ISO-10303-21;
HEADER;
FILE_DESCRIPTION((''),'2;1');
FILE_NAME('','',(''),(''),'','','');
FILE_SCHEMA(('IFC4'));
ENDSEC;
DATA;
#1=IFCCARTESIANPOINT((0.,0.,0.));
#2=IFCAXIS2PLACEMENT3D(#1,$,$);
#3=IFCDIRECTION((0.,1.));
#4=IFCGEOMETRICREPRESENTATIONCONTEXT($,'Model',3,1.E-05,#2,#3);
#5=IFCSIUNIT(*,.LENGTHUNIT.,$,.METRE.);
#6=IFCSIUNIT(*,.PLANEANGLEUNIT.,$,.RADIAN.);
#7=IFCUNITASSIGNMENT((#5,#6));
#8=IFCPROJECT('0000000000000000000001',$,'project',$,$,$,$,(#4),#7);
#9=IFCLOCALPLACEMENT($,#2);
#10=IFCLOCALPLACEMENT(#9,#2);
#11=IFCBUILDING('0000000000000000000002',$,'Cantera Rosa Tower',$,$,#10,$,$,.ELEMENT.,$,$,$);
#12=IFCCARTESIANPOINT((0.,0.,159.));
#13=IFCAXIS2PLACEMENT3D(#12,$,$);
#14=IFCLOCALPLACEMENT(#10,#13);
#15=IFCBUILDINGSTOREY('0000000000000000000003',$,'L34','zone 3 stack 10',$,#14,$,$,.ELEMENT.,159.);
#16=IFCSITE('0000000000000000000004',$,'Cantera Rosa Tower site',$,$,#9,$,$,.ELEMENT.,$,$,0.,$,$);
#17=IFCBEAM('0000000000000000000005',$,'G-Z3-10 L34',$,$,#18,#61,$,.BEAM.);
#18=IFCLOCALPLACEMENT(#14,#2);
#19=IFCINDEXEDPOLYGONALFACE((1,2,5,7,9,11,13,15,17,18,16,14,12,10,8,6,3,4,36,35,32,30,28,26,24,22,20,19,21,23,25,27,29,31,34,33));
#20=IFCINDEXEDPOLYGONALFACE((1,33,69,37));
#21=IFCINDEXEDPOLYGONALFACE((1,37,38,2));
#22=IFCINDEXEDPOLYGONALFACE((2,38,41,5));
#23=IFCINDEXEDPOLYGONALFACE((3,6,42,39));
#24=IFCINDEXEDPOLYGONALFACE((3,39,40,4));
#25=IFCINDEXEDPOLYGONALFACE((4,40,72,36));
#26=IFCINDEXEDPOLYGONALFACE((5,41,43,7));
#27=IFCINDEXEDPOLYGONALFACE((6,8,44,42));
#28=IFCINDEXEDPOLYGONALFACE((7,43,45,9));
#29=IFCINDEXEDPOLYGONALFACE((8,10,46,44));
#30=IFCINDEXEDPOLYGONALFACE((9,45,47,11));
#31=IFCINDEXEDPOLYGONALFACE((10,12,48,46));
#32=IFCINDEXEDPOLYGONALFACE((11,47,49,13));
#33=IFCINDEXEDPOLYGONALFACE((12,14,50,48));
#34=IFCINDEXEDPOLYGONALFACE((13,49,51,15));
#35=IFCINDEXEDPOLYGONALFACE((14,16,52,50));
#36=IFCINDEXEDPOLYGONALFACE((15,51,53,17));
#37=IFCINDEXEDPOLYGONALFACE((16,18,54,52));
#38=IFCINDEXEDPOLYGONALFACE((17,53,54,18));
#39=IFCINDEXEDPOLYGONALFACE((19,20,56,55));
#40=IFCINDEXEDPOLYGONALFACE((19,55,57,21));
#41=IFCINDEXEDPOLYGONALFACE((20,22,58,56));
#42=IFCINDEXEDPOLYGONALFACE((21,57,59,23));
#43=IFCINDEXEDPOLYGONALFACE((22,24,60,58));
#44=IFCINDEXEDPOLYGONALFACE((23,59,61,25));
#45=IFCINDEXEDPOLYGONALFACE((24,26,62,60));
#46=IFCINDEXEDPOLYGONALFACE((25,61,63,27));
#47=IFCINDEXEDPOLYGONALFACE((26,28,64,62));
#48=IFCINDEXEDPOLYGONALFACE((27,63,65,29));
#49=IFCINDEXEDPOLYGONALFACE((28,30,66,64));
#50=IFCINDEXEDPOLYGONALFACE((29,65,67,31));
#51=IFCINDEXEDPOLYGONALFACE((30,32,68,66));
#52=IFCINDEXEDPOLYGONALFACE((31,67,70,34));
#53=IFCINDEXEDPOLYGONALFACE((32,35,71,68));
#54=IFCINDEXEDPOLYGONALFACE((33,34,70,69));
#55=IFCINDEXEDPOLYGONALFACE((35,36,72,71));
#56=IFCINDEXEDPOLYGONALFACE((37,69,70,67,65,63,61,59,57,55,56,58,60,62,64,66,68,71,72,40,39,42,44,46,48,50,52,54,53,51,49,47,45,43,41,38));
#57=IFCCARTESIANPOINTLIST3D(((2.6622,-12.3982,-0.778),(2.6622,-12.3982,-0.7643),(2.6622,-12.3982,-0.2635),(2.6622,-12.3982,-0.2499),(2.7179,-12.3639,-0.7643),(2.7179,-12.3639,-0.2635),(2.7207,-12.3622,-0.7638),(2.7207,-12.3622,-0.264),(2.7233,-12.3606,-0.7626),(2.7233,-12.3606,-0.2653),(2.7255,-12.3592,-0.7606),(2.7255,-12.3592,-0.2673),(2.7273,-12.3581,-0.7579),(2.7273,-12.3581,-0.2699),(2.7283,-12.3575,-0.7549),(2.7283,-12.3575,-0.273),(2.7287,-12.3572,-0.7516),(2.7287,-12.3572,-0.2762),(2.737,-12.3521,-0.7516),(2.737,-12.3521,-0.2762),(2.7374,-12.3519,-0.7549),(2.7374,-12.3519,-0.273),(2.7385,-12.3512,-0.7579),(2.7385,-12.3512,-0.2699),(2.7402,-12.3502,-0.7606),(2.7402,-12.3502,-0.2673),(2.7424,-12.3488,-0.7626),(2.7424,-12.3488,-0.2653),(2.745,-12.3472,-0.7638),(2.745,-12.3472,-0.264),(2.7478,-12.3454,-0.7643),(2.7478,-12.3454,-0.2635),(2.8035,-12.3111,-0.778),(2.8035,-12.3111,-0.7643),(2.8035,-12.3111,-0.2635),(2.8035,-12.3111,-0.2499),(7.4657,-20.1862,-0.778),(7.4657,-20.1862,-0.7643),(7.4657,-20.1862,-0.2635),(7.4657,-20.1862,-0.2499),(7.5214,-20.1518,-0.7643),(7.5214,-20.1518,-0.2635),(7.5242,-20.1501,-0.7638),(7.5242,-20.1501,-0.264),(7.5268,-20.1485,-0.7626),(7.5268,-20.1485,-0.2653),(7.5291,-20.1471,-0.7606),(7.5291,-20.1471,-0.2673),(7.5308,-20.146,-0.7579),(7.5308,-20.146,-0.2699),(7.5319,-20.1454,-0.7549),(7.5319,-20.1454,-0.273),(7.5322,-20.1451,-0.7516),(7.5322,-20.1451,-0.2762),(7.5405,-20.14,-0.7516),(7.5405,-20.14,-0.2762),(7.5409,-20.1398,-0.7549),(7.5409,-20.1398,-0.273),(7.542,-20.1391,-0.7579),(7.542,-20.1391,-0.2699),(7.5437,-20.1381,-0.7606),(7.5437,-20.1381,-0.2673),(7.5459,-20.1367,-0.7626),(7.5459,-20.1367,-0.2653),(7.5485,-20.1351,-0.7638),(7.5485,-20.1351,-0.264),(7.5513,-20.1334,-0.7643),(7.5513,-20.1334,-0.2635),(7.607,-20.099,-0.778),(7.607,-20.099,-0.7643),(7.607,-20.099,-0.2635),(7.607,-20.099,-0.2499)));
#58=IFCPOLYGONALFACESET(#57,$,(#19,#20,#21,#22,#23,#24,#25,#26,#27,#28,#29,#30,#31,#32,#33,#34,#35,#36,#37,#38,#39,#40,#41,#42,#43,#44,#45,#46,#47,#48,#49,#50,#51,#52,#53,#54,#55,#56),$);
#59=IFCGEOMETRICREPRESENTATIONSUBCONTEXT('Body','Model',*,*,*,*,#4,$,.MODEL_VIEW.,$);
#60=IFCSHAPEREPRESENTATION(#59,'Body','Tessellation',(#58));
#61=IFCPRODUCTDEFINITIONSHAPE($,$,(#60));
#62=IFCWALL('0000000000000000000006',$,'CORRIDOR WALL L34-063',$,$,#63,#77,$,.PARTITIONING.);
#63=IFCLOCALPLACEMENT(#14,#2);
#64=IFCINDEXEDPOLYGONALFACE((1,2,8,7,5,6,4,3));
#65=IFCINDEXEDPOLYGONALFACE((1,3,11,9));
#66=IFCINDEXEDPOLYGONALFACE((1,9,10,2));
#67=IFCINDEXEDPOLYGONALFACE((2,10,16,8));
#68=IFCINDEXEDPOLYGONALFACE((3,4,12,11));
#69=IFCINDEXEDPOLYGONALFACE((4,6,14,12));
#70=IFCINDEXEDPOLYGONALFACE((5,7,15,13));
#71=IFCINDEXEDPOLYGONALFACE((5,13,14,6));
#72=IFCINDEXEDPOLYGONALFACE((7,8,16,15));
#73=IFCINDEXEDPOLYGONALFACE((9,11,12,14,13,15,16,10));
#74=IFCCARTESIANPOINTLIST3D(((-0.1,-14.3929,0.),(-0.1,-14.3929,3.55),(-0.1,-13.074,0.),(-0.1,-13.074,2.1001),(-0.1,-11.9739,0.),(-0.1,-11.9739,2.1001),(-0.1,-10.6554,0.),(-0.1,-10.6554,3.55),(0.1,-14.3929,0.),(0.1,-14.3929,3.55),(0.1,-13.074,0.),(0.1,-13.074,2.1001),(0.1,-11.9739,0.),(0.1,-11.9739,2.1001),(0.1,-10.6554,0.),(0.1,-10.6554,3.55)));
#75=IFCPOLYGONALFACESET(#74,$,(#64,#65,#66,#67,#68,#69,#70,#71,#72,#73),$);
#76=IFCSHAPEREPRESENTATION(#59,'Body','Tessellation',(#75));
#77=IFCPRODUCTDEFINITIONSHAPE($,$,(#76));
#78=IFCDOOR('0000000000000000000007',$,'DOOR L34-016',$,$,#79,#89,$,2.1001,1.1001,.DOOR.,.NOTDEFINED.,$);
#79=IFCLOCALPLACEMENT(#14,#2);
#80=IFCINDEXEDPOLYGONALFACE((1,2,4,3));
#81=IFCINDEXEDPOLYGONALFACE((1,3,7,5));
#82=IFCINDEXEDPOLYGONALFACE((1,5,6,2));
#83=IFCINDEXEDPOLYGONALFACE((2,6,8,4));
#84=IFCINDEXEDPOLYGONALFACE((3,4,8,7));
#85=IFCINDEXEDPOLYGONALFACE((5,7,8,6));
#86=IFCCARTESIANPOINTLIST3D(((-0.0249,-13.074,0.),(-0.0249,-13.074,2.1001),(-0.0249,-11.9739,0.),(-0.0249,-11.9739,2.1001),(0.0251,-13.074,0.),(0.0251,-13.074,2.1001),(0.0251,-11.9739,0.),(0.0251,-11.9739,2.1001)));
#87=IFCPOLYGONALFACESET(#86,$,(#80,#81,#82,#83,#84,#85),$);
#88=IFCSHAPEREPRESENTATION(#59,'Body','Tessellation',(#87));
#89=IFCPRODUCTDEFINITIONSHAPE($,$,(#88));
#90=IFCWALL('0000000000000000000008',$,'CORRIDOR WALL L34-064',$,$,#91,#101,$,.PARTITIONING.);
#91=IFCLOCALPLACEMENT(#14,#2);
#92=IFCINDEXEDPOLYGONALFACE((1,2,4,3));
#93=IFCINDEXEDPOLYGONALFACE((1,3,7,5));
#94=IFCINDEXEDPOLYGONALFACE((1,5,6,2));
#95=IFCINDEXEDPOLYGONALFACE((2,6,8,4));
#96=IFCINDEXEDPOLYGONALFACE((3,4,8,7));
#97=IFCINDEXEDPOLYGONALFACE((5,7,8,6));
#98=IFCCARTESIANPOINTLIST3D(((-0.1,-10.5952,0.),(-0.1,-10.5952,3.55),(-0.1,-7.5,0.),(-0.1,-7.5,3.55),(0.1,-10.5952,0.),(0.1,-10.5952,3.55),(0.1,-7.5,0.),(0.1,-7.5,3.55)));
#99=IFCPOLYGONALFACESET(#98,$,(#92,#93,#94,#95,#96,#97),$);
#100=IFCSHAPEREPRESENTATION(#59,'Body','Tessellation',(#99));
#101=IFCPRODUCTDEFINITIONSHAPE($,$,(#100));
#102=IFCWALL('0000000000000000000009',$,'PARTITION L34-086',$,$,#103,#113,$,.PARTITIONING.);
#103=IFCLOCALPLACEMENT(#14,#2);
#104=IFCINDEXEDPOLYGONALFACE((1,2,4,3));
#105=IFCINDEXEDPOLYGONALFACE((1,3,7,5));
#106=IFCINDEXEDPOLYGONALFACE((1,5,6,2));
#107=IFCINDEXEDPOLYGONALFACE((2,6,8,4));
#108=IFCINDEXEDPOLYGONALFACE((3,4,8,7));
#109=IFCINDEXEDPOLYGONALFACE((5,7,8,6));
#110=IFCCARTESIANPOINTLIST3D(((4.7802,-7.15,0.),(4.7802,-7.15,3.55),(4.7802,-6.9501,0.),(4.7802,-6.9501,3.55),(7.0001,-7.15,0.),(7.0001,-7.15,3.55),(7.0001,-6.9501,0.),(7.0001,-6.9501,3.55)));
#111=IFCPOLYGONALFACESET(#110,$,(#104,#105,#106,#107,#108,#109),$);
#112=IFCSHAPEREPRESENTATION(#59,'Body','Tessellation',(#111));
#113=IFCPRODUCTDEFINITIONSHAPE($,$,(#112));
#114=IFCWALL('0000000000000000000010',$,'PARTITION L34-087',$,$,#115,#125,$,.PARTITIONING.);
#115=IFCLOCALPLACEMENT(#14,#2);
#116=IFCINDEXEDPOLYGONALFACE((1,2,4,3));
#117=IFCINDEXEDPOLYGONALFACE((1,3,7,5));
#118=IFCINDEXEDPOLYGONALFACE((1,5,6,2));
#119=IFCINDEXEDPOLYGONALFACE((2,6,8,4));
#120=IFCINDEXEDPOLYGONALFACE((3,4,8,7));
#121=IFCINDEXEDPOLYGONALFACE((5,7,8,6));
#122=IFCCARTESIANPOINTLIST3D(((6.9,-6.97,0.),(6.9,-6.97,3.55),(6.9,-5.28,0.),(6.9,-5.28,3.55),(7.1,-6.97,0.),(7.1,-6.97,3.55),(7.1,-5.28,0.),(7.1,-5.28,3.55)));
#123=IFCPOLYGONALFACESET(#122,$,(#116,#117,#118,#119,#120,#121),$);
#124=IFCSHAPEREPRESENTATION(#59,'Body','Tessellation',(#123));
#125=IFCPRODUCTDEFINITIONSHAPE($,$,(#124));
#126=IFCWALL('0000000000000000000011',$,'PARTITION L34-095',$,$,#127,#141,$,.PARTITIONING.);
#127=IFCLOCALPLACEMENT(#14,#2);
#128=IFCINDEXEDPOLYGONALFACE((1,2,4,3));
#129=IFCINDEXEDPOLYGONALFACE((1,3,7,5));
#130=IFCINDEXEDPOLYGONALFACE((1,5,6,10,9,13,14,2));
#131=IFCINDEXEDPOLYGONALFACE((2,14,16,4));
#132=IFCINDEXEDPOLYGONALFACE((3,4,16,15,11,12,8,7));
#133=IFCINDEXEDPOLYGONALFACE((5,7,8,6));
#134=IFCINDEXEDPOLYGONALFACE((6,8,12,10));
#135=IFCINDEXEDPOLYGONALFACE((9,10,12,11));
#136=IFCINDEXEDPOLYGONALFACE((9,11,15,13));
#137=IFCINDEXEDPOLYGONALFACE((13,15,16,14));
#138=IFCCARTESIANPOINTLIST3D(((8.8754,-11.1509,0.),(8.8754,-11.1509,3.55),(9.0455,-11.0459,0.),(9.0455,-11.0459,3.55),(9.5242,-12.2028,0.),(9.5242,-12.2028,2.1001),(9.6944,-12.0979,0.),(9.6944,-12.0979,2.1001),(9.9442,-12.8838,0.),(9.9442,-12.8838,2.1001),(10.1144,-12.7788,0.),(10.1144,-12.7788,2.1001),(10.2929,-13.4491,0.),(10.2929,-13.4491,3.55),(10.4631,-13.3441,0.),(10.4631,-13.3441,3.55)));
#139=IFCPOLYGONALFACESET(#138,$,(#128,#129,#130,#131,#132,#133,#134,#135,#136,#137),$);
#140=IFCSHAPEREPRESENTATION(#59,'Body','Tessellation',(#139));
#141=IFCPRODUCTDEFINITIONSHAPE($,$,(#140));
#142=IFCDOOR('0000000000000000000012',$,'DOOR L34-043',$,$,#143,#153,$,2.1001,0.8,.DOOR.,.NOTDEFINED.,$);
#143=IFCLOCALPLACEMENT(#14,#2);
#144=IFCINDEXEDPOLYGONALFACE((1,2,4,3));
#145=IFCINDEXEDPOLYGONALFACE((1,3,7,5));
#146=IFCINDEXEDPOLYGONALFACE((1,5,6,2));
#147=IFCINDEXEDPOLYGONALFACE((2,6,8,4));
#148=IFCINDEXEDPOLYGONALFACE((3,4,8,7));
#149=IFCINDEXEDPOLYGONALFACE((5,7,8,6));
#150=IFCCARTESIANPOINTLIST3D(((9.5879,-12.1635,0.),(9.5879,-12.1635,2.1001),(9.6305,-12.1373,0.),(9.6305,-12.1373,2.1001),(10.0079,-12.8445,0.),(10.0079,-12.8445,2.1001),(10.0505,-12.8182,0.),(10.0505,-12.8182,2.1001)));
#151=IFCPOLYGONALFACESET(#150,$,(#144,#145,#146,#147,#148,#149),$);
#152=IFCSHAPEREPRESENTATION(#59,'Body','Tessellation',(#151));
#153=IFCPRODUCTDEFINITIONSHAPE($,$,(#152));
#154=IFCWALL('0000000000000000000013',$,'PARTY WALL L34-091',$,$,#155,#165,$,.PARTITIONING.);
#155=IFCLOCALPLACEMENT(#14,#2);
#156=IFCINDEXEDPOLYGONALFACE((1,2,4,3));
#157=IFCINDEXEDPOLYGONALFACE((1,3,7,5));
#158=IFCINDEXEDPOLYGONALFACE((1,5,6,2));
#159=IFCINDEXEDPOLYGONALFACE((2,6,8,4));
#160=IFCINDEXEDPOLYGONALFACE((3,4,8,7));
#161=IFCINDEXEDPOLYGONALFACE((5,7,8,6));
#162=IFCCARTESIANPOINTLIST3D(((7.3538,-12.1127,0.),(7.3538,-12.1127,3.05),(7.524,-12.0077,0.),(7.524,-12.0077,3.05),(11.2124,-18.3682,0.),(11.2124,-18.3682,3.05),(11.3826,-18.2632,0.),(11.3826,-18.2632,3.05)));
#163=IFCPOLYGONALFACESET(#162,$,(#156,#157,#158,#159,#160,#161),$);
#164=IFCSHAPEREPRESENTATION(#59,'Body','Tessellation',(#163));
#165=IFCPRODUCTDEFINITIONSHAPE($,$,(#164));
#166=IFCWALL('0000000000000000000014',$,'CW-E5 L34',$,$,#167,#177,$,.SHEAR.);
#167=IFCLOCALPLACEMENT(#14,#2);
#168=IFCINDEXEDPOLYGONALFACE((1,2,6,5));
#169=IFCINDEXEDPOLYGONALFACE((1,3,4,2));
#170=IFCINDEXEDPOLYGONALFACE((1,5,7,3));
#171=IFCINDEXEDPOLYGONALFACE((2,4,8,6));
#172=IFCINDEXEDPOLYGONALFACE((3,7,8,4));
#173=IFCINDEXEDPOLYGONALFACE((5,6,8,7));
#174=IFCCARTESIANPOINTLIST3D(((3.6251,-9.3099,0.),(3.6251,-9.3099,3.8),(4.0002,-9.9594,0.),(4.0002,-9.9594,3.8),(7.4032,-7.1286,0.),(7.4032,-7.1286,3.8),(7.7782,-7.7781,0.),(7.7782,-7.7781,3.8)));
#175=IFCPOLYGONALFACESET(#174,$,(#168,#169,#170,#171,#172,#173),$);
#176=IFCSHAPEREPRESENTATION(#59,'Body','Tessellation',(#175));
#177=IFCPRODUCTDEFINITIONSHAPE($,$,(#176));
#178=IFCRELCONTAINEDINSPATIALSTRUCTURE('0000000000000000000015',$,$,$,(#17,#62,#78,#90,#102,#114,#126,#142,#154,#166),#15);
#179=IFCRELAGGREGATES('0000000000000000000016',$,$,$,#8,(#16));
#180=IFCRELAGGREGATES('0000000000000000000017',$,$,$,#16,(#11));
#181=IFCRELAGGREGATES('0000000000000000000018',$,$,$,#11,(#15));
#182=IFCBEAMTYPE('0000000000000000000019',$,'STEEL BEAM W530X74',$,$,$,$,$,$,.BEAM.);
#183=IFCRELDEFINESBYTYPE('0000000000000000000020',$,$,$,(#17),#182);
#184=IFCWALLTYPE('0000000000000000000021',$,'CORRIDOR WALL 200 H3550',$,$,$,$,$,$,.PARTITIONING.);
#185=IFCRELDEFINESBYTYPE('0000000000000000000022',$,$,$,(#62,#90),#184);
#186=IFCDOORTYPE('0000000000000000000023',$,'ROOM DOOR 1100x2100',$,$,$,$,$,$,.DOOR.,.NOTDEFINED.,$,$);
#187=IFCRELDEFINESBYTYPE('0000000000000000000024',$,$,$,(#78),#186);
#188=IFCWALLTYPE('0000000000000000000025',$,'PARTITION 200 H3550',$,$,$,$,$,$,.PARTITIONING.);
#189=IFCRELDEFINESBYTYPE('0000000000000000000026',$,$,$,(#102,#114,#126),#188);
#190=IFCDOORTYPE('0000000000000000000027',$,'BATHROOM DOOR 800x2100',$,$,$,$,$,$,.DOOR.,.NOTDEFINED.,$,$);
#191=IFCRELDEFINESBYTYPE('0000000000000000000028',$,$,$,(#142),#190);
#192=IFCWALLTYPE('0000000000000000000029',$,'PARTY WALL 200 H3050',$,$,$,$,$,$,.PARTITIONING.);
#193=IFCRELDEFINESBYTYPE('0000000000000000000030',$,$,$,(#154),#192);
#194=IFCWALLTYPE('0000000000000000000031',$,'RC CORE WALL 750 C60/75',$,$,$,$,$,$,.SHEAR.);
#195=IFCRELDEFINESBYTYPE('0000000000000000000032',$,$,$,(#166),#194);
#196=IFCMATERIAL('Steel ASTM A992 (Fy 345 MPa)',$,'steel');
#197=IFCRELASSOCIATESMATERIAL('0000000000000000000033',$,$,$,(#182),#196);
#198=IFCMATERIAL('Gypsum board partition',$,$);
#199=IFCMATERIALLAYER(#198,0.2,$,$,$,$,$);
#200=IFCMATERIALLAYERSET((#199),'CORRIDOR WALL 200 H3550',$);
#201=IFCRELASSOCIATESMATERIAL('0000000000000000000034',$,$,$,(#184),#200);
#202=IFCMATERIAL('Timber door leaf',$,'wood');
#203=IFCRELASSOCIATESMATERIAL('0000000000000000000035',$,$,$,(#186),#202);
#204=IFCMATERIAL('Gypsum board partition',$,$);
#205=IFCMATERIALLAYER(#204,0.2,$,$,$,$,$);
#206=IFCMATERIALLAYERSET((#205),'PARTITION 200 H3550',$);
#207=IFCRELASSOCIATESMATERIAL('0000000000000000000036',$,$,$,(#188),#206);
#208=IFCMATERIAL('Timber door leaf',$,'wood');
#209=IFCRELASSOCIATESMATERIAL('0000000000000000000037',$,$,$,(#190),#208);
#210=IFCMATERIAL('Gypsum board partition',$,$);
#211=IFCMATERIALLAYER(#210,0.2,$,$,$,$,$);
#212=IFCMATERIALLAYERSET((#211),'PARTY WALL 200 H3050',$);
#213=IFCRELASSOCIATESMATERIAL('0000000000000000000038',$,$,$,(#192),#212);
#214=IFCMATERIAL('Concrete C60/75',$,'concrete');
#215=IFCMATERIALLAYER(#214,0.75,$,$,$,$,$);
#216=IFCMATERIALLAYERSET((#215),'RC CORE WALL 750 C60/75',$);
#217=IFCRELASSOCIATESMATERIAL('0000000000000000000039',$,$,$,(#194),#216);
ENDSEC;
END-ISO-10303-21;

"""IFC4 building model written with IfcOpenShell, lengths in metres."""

from ifc_helpers import new_model, si_unit, direction, frame, frame_2d, origin, origin_2d, place, context, subcontext, project, spatial, rectangle, i_section, extrude, material, layer, layer_set, material_profile, profile_set, type_object, element, fill, save


model = new_model("IFC4")

# Units and contexts
model_context = context("Model", 3, precision=1e-05, world=origin(), true_north=direction((0.0, 1.0)))
body_context = subcontext(model_context, "Body", "Model", "MODEL_VIEW")
ifc_project = project(units=[si_unit("LENGTHUNIT", "METRE"), si_unit("PLANEANGLEUNIT", "RADIAN")], contexts=[model_context])

# Site, building, storey
site_placement = place(None, origin())
site = spatial("IfcSite", under=ifc_project, at=site_placement, Name="Cantera Rosa Tower site", CompositionType="ELEMENT", RefElevation=0.0)
building_placement = place(site_placement, origin())
building = spatial("IfcBuilding", under=site, at=building_placement, Name="Cantera Rosa Tower", CompositionType="ELEMENT")
storey_placement = place(building_placement, frame((0.0, 0.0, 159.0)))
storey = spatial("IfcBuildingStorey", under=building, at=storey_placement, Name="L34", Description="zone 3 stack 10", CompositionType="ELEMENT", Elevation=159.0)

# Beam
ifc_material_1 = material(Name="Steel ASTM A992 (Fy 345 MPa)", Category="steel")
ifc_material_profile = material_profile(ifc_material_1, i_section(OverallWidth=0.166, OverallDepth=0.5281, WebThickness=0.0098, FlangeThickness=0.0137, FilletRadius=0.0127, at=origin_2d()), Name="W530X74")
ifc_profile_set = profile_set([ifc_material_profile], Name="Steel ASTM A992 (Fy 345 MPa)")
beam_type = type_object("IfcBeamType", Name="STEEL BEAM W530X74", PredefinedType="BEAM", material=ifc_profile_set)
beam_placement = place(storey_placement, frame((7.5364, -20.1426, -0.5139), z_axis=(-0.524965, 0.851124, 0.0), x_axis=(-0.851124, -0.524965, 0.0)))
element("IfcBeam", 1, at=beam_placement, inside=storey, type_object=beam_type, Name="G-Z3-10 L34", PredefinedType="BEAM", context=body_context, shape_type="SweptSolid", body=[
    extrude(i_section(OverallWidth=0.166, OverallDepth=0.5281, WebThickness=0.0098, FlangeThickness=0.0137, FilletRadius=0.0127, at=origin_2d()), origin(), (0.0, 0.0, 1.0), 9.1501),
])

# Wall, opening, door
ifc_material_2 = material(Name="Gypsum board partition")
ifc_layer_1 = layer(ifc_material_2, 0.2)
ifc_layer_set_1 = layer_set([ifc_layer_1], Name="CORRIDOR WALL 200 H3550")
wall_type_1 = type_object("IfcWallType", Name="CORRIDOR WALL 200 H3550", PredefinedType="PARTITIONING", material=ifc_layer_set_1)
wall_1_placement = place(storey_placement, frame((0.0, -14.3928, 0.0), z_axis=(0.0, 0.0, 1.0), x_axis=(0.0, 1.0, 0.0)))
wall_1 = element("IfcWall", 2, at=wall_1_placement, inside=storey, type_object=wall_type_1, Name="CORRIDOR WALL L34-063", PredefinedType="PARTITIONING", context=body_context, shape_type="SweptSolid", body=[
    extrude(rectangle(XDim=3.7375, YDim=0.2, at=frame_2d((1.8687, 0.0))), origin(), (0.0, 0.0, 1.0), 3.55),
])
opening_1_placement = place(wall_1_placement, frame((1.3188, 0.0, 0.0)))
opening_1 = element("IfcOpeningElement", 3, at=opening_1_placement, cuts=wall_1, PredefinedType="OPENING", context=body_context, shape_type="SweptSolid", body=[
    extrude(rectangle(XDim=1.1001, YDim=2.1001, at=frame_2d((0.55, 1.05))), frame((0.0, 0.1099, 0.0), z_axis=(0.0, -1.0, 0.0), x_axis=(1.0, 0.0, 0.0)), (0.0, 0.0, 1.0), 0.22),
])
ifc_material_3 = material(Name="Timber door leaf", Category="wood")
door_type_1 = type_object("IfcDoorType", Name="ROOM DOOR 1100x2100", OperationType="NOTDEFINED", PredefinedType="DOOR", material=ifc_material_3)
door_1_placement = place(opening_1_placement, origin())
door_1 = element("IfcDoor", 4, at=door_1_placement, inside=storey, type_object=door_type_1, Name="DOOR L34-016", OperationType="NOTDEFINED", OverallHeight=2.1001, OverallWidth=1.1001, PredefinedType="DOOR", context=body_context, shape_type="SweptSolid", body=[
    extrude(rectangle(XDim=1.1001, YDim=2.1001, at=frame_2d((0.55, 1.05))), frame((0.0, 0.0249, 0.0), z_axis=(0.0, -1.0, 0.0), x_axis=(1.0, 0.0, 0.0)), (0.0, 0.0, 1.0), 0.05),
])
fill(opening_1, door_1)

# Walls
wall_2_placement = place(storey_placement, frame((0.0, -10.5952, 0.0), z_axis=(0.0, 0.0, 1.0), x_axis=(0.0, 1.0, 0.0)))
element("IfcWall", 5, at=wall_2_placement, inside=storey, type_object=wall_type_1, Name="CORRIDOR WALL L34-064", PredefinedType="PARTITIONING", context=body_context, shape_type="SweptSolid", body=[
    extrude(rectangle(XDim=3.0952, YDim=0.2, at=frame_2d((1.5476, 0.0))), origin(), (0.0, 0.0, 1.0), 3.55),
])
ifc_material_4 = material(Name="Gypsum board partition")
ifc_layer_2 = layer(ifc_material_4, 0.2)
ifc_layer_set_2 = layer_set([ifc_layer_2], Name="PARTITION 200 H3550")
wall_type_2 = type_object("IfcWallType", Name="PARTITION 200 H3550", PredefinedType="PARTITIONING", material=ifc_layer_set_2)
wall_3_placement = place(storey_placement, frame((7.0, -7.05, 0.0), z_axis=(0.0, 0.0, 1.0), x_axis=(-1.0, 0.0, 0.0)))
element("IfcWall", 6, at=wall_3_placement, inside=storey, type_object=wall_type_2, Name="PARTITION L34-086", PredefinedType="PARTITIONING", context=body_context, shape_type="SweptSolid", body=[
    extrude(rectangle(XDim=2.22, YDim=0.2, at=frame_2d((1.1099, 0.0))), origin(), (0.0, 0.0, 1.0), 3.55),
])
wall_4_placement = place(storey_placement, frame((7.0, -5.28, 0.0), z_axis=(0.0, 0.0, 1.0), x_axis=(0.0, -1.0, 0.0)))
element("IfcWall", 7, at=wall_4_placement, inside=storey, type_object=wall_type_2, Name="PARTITION L34-087", PredefinedType="PARTITIONING", context=body_context, shape_type="SweptSolid", body=[
    extrude(rectangle(XDim=1.6899, YDim=0.2, at=frame_2d((0.845, 0.0))), origin(), (0.0, 0.0, 1.0), 3.55),
])

# Wall, opening, door
wall_5_placement = place(storey_placement, frame((8.9604, -11.0984, 0.0), z_axis=(0.0, 0.0, 1.0), x_axis=(0.524975, -0.851118, 0.0)))
wall_5 = element("IfcWall", 8, at=wall_5_placement, inside=storey, type_object=wall_type_2, Name="PARTITION L34-095", PredefinedType="PARTITIONING", context=body_context, shape_type="SweptSolid", body=[
    extrude(rectangle(XDim=2.7002, YDim=0.2, at=frame_2d((1.3501, 0.0))), origin(), (0.0, 0.0, 1.0), 3.55),
])
opening_2_placement = place(wall_5_placement, frame((1.2361, 0.0, 0.0)))
opening_2 = element("IfcOpeningElement", 9, at=opening_2_placement, cuts=wall_5, PredefinedType="OPENING", context=body_context, shape_type="SweptSolid", body=[
    extrude(rectangle(XDim=0.8, YDim=2.1001, at=frame_2d((0.3999, 1.05))), frame((0.0, 0.1099, 0.0), z_axis=(0.0, -1.0, 0.0), x_axis=(1.0, 0.0, 0.0)), (0.0, 0.0, 1.0), 0.22),
])
ifc_material_5 = material(Name="Timber door leaf", Category="wood")
door_type_2 = type_object("IfcDoorType", Name="BATHROOM DOOR 800x2100", OperationType="NOTDEFINED", PredefinedType="DOOR", material=ifc_material_5)
door_2_placement = place(opening_2_placement, origin())
door_2 = element("IfcDoor", 10, at=door_2_placement, inside=storey, type_object=door_type_2, Name="DOOR L34-043", OperationType="NOTDEFINED", OverallHeight=2.1001, OverallWidth=0.8, PredefinedType="DOOR", context=body_context, shape_type="SweptSolid", body=[
    extrude(rectangle(XDim=0.8, YDim=2.1001, at=frame_2d((0.3999, 1.05))), frame((0.0, 0.0249, 0.0), z_axis=(0.0, -1.0, 0.0), x_axis=(1.0, 0.0, 0.0)), (0.0, 0.0, 1.0), 0.05),
])
fill(opening_2, door_2)

# Walls
ifc_material_6 = material(Name="Gypsum board partition")
ifc_layer_3 = layer(ifc_material_6, 0.2)
ifc_layer_set_3 = layer_set([ifc_layer_3], Name="PARTY WALL 200 H3050")
wall_type_3 = type_object("IfcWallType", Name="PARTY WALL 200 H3050", PredefinedType="PARTITIONING", material=ifc_layer_set_3)
wall_6_placement = place(storey_placement, frame((7.439, -12.0603, 0.0), z_axis=(0.0, 0.0, 1.0), x_axis=(0.524989, -0.851109, 0.0)))
element("IfcWall", 11, at=wall_6_placement, inside=storey, type_object=wall_type_3, Name="PARTY WALL L34-091", PredefinedType="PARTITIONING", context=body_context, shape_type="SweptSolid", body=[
    extrude(rectangle(XDim=7.3499, YDim=0.2, at=frame_2d((3.6748, 0.0))), origin(), (0.0, 0.0, 1.0), 3.05),
])
ifc_material_7 = material(Name="Concrete C60/75", Category="concrete")
ifc_layer_4 = layer(ifc_material_7, 0.75)
ifc_layer_set_4 = layer_set([ifc_layer_4], Name="RC CORE WALL 750 C60/75")
wall_type_4 = type_object("IfcWallType", Name="RC CORE WALL 750 C60/75", PredefinedType="SHEAR", material=ifc_layer_set_4)
wall_7_placement = place(storey_placement, frame((7.5906, -7.4534, 0.0), z_axis=(0.0, 0.0, 1.0), x_axis=(-0.866013, -0.500021, 0.0)))
element("IfcWall", 12, at=wall_7_placement, inside=storey, type_object=wall_type_4, Name="CW-E5 L34", PredefinedType="SHEAR", context=body_context, shape_type="SweptSolid", body=[
    extrude(rectangle(XDim=4.3625, YDim=0.75, at=frame_2d((2.1812, 0.0))), origin(), (0.0, 0.0, 1.0), 3.8),
])

save(model, "model.ifc")
